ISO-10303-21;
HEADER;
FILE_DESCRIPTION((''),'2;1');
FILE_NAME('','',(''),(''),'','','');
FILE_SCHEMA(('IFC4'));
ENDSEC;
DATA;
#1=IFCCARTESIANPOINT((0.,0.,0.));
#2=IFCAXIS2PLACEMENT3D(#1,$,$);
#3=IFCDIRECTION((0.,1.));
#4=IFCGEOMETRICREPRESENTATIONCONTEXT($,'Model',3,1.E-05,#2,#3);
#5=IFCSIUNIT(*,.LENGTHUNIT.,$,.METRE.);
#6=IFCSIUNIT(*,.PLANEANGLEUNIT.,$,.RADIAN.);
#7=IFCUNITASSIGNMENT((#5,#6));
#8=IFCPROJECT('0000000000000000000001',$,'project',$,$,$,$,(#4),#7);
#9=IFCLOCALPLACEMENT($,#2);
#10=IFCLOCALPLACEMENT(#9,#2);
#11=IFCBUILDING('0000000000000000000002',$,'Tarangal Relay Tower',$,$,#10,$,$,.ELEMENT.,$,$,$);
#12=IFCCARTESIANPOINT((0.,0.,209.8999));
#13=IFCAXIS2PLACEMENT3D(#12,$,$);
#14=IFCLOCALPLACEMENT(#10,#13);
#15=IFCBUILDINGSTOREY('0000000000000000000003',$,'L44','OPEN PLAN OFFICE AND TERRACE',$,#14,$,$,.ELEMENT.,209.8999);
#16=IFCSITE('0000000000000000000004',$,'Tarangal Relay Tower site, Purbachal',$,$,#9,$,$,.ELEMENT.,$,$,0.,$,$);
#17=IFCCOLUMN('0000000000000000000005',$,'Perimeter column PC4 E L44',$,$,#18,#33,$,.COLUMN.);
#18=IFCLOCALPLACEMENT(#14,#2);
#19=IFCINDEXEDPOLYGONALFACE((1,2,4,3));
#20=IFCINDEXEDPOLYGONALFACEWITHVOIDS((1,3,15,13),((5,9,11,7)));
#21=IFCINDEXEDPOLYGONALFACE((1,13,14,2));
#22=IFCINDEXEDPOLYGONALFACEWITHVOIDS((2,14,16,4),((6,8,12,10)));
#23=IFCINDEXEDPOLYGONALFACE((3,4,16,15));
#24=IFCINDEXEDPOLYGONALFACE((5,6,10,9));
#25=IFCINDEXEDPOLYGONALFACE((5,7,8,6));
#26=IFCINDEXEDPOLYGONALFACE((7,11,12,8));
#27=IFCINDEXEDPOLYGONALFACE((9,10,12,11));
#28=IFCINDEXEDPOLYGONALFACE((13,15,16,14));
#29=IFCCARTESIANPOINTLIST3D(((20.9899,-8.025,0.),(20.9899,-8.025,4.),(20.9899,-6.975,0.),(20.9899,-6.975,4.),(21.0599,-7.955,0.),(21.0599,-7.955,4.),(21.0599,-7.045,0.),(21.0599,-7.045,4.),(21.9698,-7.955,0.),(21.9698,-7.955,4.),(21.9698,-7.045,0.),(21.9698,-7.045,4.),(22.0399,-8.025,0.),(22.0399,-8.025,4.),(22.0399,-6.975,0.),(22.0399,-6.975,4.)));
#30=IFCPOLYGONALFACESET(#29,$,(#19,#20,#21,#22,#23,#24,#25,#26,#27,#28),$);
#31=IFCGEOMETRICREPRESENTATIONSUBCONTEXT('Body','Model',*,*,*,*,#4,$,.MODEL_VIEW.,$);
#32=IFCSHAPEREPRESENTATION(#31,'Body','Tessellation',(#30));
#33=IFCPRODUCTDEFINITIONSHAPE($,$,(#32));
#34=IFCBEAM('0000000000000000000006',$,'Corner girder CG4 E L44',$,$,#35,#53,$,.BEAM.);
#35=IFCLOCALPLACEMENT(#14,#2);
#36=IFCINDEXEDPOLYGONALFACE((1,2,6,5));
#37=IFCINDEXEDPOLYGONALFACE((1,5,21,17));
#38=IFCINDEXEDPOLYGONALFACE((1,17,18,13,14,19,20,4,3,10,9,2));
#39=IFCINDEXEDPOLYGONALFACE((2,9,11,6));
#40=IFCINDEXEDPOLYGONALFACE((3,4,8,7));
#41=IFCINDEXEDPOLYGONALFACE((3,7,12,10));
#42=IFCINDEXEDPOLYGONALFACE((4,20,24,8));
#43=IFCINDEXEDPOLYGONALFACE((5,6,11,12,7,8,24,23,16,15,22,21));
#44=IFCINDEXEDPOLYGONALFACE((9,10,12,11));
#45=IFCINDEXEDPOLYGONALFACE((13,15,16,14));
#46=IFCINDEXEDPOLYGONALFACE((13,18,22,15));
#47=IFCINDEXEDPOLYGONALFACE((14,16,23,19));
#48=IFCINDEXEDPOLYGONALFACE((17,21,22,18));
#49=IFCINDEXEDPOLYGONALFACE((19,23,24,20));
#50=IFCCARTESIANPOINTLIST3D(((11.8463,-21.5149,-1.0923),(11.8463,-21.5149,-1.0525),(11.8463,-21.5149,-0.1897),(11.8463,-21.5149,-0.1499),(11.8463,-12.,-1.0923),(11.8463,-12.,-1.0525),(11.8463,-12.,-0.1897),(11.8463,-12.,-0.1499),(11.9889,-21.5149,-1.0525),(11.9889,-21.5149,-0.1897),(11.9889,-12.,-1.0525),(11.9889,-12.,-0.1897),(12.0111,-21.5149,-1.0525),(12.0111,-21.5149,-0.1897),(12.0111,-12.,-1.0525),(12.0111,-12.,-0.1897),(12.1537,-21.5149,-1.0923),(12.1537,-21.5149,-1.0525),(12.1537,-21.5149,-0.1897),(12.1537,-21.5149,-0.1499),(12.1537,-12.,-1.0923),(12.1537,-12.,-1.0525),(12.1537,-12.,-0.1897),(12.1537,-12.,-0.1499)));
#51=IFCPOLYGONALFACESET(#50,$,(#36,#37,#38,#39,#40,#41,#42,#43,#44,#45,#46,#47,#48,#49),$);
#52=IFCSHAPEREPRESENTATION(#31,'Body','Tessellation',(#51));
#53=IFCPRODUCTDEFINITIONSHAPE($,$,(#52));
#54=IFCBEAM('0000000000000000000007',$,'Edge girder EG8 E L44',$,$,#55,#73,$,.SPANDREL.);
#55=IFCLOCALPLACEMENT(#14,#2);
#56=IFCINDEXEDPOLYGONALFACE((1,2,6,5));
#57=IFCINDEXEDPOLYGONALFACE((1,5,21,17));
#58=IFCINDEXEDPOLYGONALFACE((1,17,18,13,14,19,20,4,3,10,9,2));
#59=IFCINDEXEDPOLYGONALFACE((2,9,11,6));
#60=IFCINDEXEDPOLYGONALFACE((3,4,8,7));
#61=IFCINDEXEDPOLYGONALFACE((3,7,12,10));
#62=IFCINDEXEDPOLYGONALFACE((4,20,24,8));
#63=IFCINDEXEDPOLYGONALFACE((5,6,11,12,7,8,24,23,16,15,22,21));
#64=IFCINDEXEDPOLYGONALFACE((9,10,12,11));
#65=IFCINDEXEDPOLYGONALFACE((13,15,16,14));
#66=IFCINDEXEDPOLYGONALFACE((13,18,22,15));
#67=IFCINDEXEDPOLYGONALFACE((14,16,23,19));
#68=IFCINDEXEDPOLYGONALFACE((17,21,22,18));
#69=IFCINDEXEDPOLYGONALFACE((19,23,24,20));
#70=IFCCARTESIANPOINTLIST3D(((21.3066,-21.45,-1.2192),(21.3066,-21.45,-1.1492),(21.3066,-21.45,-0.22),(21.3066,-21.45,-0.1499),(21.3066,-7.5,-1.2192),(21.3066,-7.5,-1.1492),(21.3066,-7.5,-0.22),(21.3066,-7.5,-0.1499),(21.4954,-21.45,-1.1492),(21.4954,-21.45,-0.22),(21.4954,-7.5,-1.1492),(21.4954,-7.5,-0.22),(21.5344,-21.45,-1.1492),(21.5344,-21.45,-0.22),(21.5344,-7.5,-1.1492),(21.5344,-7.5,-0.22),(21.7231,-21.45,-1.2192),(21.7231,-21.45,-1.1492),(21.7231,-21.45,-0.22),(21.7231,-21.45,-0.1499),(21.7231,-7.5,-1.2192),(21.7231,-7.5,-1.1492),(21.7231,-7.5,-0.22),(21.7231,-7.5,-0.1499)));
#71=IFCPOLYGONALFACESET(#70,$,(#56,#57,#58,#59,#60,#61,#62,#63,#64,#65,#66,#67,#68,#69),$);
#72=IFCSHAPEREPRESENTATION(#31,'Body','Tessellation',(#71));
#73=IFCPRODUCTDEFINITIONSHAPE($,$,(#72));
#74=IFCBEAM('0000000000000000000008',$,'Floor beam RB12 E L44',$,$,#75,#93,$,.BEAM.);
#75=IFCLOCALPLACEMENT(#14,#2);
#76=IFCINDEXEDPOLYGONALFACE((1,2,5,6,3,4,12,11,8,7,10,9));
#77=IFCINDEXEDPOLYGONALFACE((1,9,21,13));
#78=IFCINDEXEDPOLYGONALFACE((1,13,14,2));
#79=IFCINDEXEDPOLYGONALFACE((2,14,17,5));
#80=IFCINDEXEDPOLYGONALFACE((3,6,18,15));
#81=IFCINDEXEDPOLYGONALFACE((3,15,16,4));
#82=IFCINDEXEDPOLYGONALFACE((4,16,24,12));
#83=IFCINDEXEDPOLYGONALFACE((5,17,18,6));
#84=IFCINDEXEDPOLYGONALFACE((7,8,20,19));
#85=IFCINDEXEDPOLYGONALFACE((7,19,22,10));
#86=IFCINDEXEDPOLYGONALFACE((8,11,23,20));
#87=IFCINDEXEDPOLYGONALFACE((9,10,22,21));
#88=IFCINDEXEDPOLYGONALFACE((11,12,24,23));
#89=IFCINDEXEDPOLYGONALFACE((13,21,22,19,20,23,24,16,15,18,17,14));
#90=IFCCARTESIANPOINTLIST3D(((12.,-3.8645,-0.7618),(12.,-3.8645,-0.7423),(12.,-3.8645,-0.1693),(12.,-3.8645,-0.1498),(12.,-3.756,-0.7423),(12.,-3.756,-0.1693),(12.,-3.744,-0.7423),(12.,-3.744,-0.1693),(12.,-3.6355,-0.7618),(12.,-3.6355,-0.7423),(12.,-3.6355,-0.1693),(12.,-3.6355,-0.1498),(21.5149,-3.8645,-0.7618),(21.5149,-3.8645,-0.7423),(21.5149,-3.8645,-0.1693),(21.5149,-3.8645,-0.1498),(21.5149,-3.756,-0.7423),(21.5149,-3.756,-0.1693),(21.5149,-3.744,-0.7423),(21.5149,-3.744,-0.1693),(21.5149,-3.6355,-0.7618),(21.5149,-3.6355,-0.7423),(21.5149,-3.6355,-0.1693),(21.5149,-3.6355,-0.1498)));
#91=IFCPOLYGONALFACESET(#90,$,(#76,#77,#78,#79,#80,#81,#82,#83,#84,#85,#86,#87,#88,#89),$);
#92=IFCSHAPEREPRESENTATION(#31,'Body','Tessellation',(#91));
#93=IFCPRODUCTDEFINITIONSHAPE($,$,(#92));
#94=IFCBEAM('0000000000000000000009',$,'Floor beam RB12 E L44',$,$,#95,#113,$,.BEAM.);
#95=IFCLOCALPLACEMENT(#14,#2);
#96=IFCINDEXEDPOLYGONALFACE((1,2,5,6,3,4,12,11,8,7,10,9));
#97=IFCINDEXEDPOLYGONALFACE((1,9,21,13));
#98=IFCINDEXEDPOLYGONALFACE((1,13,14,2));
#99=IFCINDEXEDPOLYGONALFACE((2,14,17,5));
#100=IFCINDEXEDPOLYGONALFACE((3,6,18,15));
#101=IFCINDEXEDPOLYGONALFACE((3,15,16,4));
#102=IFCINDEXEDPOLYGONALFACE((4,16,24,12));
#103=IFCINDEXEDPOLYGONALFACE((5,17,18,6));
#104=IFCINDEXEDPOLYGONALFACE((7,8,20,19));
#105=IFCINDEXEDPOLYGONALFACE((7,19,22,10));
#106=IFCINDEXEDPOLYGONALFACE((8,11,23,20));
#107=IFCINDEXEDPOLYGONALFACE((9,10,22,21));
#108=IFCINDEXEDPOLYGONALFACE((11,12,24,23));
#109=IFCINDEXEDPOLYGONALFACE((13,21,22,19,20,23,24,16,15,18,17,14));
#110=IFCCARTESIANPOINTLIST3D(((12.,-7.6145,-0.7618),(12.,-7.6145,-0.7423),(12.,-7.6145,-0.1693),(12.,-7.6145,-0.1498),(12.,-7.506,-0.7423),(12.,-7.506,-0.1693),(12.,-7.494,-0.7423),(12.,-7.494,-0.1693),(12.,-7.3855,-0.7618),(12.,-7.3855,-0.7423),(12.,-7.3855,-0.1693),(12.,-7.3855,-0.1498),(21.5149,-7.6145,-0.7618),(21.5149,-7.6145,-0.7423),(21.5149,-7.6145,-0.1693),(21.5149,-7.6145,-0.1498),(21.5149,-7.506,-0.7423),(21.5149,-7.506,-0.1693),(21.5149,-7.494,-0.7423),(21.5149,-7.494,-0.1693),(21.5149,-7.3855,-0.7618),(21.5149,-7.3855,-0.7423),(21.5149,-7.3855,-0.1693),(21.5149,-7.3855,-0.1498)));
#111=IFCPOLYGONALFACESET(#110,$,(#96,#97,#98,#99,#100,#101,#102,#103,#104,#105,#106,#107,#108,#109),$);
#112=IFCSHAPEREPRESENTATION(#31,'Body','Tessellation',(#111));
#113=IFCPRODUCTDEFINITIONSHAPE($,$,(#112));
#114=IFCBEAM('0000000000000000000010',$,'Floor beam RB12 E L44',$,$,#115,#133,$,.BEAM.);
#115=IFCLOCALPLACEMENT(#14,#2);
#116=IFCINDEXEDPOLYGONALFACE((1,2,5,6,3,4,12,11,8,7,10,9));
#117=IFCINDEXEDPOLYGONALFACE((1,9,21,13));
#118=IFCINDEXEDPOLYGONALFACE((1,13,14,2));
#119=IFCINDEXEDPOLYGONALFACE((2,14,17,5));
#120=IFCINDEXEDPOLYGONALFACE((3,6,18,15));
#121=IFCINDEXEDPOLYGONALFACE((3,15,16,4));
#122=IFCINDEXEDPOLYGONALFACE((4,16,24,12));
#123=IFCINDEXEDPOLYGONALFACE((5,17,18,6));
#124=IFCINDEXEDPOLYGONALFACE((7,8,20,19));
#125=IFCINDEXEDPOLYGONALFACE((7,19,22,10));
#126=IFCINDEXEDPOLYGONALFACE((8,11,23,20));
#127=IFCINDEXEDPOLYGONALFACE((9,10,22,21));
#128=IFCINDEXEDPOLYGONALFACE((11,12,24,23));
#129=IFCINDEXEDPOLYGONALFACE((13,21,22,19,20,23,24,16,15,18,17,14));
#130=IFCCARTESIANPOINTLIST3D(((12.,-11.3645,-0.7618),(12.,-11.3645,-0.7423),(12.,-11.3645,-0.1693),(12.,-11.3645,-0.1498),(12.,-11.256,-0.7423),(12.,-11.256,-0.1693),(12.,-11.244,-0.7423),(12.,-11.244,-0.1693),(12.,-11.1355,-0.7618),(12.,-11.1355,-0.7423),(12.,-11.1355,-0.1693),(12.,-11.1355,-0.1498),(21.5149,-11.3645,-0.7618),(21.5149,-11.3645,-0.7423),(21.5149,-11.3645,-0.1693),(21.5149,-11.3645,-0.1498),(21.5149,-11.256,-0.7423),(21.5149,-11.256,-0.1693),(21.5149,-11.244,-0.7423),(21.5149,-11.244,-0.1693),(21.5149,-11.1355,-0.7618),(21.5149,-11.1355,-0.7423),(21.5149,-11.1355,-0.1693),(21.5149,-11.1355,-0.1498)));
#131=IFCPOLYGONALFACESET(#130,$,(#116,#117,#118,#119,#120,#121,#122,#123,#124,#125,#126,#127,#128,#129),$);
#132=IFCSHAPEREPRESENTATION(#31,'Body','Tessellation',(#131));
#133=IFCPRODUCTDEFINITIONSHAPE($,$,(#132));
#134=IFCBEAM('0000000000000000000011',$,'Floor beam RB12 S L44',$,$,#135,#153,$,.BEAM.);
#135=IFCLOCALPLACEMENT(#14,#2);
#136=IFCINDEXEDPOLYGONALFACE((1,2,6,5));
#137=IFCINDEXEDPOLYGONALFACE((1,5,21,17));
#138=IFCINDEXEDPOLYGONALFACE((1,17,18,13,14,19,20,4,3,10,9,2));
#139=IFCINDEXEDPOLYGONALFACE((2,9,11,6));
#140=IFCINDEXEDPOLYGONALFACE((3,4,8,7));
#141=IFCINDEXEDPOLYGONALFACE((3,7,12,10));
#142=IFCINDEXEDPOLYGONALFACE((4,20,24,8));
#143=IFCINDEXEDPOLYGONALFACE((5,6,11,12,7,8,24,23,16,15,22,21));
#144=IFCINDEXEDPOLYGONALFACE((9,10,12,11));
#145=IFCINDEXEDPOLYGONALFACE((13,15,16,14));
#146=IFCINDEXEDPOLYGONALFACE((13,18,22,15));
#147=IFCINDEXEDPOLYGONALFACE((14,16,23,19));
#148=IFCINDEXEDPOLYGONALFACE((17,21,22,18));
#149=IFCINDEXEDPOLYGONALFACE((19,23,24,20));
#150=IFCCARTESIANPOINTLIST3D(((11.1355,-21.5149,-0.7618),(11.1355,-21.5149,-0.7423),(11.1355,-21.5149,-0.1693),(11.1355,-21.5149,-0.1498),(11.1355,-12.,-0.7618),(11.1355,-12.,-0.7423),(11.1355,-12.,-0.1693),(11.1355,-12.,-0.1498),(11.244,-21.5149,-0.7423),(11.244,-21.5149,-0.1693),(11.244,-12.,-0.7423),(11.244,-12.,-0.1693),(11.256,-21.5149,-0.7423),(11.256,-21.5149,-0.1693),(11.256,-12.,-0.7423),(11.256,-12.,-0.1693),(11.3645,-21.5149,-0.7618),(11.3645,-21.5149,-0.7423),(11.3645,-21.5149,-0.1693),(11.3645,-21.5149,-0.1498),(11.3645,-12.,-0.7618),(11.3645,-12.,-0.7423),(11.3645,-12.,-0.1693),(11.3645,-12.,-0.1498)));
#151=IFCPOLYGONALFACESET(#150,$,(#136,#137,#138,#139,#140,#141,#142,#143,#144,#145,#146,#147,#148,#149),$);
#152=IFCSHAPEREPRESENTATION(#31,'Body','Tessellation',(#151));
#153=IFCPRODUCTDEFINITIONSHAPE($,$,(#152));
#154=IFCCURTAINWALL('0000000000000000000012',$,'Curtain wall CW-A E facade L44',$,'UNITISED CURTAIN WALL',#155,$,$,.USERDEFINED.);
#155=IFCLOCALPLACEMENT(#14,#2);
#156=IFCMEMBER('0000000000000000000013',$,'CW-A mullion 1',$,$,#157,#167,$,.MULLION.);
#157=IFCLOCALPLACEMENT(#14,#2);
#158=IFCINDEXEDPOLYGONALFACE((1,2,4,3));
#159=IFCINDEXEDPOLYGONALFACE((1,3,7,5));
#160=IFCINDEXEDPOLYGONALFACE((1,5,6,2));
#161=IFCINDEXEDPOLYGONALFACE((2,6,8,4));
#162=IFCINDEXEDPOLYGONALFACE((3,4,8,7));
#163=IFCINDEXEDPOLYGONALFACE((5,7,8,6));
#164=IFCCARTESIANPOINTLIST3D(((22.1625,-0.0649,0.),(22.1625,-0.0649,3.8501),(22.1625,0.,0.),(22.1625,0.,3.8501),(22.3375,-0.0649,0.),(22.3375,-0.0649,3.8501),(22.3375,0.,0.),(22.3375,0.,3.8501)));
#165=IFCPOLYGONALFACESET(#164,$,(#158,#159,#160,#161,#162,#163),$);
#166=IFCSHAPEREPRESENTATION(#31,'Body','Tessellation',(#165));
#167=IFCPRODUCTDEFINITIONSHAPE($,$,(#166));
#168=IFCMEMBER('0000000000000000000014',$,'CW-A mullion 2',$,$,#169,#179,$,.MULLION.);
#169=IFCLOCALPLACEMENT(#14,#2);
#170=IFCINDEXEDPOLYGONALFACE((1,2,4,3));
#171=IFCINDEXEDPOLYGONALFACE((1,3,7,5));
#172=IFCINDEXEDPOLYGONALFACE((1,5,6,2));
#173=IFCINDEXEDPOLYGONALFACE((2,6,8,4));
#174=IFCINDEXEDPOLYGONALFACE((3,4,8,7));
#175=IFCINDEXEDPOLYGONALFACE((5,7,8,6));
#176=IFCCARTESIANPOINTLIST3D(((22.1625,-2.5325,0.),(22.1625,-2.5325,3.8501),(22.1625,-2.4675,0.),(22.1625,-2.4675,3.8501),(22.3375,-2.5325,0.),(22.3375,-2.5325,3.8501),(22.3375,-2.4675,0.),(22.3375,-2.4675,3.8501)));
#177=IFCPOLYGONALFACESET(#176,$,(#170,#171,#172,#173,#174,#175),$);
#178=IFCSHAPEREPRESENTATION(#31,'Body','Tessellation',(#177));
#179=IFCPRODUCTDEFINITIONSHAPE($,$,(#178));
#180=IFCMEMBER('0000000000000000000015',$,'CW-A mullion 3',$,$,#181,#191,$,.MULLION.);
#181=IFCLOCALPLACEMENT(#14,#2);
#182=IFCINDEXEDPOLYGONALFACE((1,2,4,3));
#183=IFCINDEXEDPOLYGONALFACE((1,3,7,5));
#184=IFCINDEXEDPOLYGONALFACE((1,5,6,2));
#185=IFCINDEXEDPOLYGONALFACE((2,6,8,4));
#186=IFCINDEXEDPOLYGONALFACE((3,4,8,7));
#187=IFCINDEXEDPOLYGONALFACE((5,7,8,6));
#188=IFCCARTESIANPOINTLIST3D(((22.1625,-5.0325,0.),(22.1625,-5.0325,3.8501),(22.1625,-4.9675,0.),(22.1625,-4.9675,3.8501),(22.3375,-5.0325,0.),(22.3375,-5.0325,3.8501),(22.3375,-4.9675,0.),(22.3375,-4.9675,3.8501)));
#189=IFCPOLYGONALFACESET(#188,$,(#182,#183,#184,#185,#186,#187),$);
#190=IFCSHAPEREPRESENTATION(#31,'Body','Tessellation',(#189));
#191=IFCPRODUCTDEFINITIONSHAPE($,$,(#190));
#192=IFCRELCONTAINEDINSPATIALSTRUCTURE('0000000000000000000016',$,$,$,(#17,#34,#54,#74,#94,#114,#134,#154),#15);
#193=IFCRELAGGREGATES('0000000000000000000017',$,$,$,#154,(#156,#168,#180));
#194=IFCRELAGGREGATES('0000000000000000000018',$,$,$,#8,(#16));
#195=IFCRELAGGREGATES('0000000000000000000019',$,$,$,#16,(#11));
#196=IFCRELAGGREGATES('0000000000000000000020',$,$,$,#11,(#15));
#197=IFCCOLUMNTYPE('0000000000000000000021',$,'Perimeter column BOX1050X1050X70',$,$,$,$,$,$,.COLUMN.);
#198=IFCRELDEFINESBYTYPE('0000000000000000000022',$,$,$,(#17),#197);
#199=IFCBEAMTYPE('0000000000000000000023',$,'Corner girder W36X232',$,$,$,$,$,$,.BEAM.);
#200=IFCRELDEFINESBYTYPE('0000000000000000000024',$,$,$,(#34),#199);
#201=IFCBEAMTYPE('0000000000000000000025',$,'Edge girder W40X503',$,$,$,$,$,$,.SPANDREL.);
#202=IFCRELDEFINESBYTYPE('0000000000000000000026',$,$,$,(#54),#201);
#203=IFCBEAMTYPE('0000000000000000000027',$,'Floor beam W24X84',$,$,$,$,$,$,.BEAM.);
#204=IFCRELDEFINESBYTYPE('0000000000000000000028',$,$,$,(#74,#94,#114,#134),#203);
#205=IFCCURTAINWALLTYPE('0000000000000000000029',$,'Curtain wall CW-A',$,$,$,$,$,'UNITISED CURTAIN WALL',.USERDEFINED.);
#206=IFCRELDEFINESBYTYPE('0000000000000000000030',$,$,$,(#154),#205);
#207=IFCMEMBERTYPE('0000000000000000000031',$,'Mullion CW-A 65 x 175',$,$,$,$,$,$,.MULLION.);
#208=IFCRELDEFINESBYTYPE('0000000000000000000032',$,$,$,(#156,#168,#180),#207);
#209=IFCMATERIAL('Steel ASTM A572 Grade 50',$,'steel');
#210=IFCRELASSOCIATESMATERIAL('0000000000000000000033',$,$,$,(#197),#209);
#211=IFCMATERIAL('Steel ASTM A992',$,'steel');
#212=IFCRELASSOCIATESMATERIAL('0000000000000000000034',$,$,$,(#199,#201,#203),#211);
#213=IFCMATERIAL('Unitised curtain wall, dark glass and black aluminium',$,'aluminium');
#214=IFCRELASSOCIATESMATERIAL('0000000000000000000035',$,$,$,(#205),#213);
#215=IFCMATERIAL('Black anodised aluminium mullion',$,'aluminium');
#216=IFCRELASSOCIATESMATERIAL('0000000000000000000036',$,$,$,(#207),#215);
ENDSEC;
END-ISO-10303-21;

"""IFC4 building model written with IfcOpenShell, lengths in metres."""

from ifc_helpers import new_model, si_unit, direction, frame, origin, origin_2d, place, context, subcontext, project, spatial, rectangle, hollow_rectangle, i_section, extrude, material, material_profile, profile_set, type_object, element, aggregate, save


model = new_model("IFC4")

# Units and contexts
model_context = context("Model", 3, precision=1e-05, world=origin(), true_north=direction((0.0, 1.0)))
body_context = subcontext(model_context, "Body", "Model", "MODEL_VIEW")
ifc_project = project(units=[si_unit("LENGTHUNIT", "METRE"), si_unit("PLANEANGLEUNIT", "RADIAN")], contexts=[model_context])

# Site, building, storey
site_placement = place(None, origin())
site = spatial("IfcSite", under=ifc_project, at=site_placement, Name="Tarangal Relay Tower site, Purbachal", CompositionType="ELEMENT", RefElevation=0.0)
building_placement = place(site_placement, origin())
building = spatial("IfcBuilding", under=site, at=building_placement, Name="Tarangal Relay Tower", CompositionType="ELEMENT")
storey_placement = place(building_placement, frame((0.0, 0.0, 209.8999)))
storey = spatial("IfcBuildingStorey", under=building, at=storey_placement, Name="L44", Description="OPEN PLAN OFFICE AND TERRACE", CompositionType="ELEMENT", Elevation=209.8999)

# Column
ifc_material_1 = material(Name="Steel ASTM A572 Grade 50", Category="steel")
ifc_material_profile_1 = material_profile(ifc_material_1, hollow_rectangle(XDim=1.05, YDim=1.05, WallThickness=0.0701, at=origin_2d()), Name="BOX1050X1050X70")
ifc_profile_set_1 = profile_set([ifc_material_profile_1], Name="Steel ASTM A572 Grade 50")
column_type = type_object("IfcColumnType", Name="Perimeter column BOX1050X1050X70", PredefinedType="COLUMN", material=ifc_profile_set_1)
column_placement = place(storey_placement, frame((21.5149, -7.5, 0.0), z_axis=(0.0, 0.0, 1.0), x_axis=(1.0, 0.0, 0.0)))
element("IfcColumn", 1, at=column_placement, inside=storey, type_object=column_type, Name="Perimeter column PC4 E L44", PredefinedType="COLUMN", context=body_context, shape_type="SweptSolid", body=[
    extrude(hollow_rectangle(XDim=1.05, YDim=1.05, WallThickness=0.0701, at=origin_2d()), origin(), (0.0, 0.0, 1.0), 4.0),
])

# Beams
ifc_material_2 = material(Name="Steel ASTM A992", Category="steel")
ifc_material_profile_2 = material_profile(ifc_material_2, i_section(OverallWidth=0.3074, OverallDepth=0.9424, WebThickness=0.0222, FlangeThickness=0.0398, at=origin_2d()), Name="W36X232")
ifc_profile_set_2 = profile_set([ifc_material_profile_2], Name="Steel ASTM A992")
beam_type_1 = type_object("IfcBeamType", Name="Corner girder W36X232", PredefinedType="BEAM", material=ifc_profile_set_2)
beam_1_placement = place(storey_placement, frame((12.0, -12.0, -0.6211), z_axis=(0.0, -1.0, 0.0), x_axis=(1.0, 0.0, 0.0)))
element("IfcBeam", 2, at=beam_1_placement, inside=storey, type_object=beam_type_1, Name="Corner girder CG4 E L44", PredefinedType="BEAM", context=body_context, shape_type="SweptSolid", body=[
    extrude(i_section(OverallWidth=0.3074, OverallDepth=0.9424, WebThickness=0.0222, FlangeThickness=0.0398, at=origin_2d()), origin(), (0.0, 0.0, 1.0), 9.5149),
])
ifc_material_profile_3 = material_profile(ifc_material_2, i_section(OverallWidth=0.4165, OverallDepth=1.0693, WebThickness=0.0391, FlangeThickness=0.0701, at=origin_2d()), Name="W40X503")
ifc_profile_set_3 = profile_set([ifc_material_profile_3], Name="Steel ASTM A992")
beam_type_2 = type_object("IfcBeamType", Name="Edge girder W40X503", PredefinedType="SPANDREL", material=ifc_profile_set_3)
beam_2_placement = place(storey_placement, frame((21.5149, -7.5, -0.6846), z_axis=(0.0, -1.0, 0.0), x_axis=(1.0, 0.0, 0.0)))
element("IfcBeam", 3, at=beam_2_placement, inside=storey, type_object=beam_type_2, Name="Edge girder EG8 E L44", PredefinedType="SPANDREL", context=body_context, shape_type="SweptSolid", body=[
    extrude(i_section(OverallWidth=0.4165, OverallDepth=1.0693, WebThickness=0.0391, FlangeThickness=0.0701, at=origin_2d()), origin(), (0.0, 0.0, 1.0), 13.95),
])
ifc_material_profile_4 = material_profile(ifc_material_2, i_section(OverallWidth=0.229, OverallDepth=0.6121, WebThickness=0.012, FlangeThickness=0.0195, at=origin_2d()), Name="W24X84")
ifc_profile_set_4 = profile_set([ifc_material_profile_4], Name="Steel ASTM A992")
beam_type_3 = type_object("IfcBeamType", Name="Floor beam W24X84", PredefinedType="BEAM", material=ifc_profile_set_4)
for number, where, z_axis, x_axis, name in (
    (4, (12.0, -3.75, -0.4558), (1.0, 0.0, 0.0), (0.0, 1.0, 0.0), "Floor beam RB12 E L44"),
    (5, (12.0, -7.5, -0.4558), (1.0, 0.0, 0.0), (0.0, 1.0, 0.0), "Floor beam RB12 E L44"),
    (6, (12.0, -11.25, -0.4558), (1.0, 0.0, 0.0), (0.0, 1.0, 0.0), "Floor beam RB12 E L44"),
    (7, (11.25, -12.0, -0.4558), (0.0, -1.0, 0.0), (1.0, 0.0, 0.0), "Floor beam RB12 S L44"),
):
    element("IfcBeam", number, at=place(storey_placement, frame(where, z_axis=z_axis, x_axis=x_axis)), inside=storey, type_object=beam_type_3, Name=name, PredefinedType="BEAM", context=body_context, shape_type="SweptSolid", body=[
        extrude(i_section(OverallWidth=0.229, OverallDepth=0.6121, WebThickness=0.012, FlangeThickness=0.0195, at=origin_2d()), origin(), (0.0, 0.0, 1.0), 9.5149),
    ])

# Curtain wall, members
ifc_material_3 = material(Name="Unitised curtain wall, dark glass and black aluminium", Category="aluminium")
curtain_wall_type = type_object("IfcCurtainWallType", Name="Curtain wall CW-A", ElementType="UNITISED CURTAIN WALL", PredefinedType="USERDEFINED", material=ifc_material_3)
curtain_wall_1_placement = place(storey_placement, origin())
curtain_wall_1 = element("IfcCurtainWall", 8, at=curtain_wall_1_placement, inside=storey, type_object=curtain_wall_type, Name="Curtain wall CW-A E facade L44", ObjectType="UNITISED CURTAIN WALL", PredefinedType="USERDEFINED")
ifc_material_4 = material(Name="Black anodised aluminium mullion", Category="aluminium")
ifc_material_profile_5 = material_profile(ifc_material_4, rectangle(XDim=0.175, YDim=0.0649, at=origin_2d()), Name="CW-AM 65X175")
ifc_profile_set_5 = profile_set([ifc_material_profile_5], Name="Black anodised aluminium mullion")
member_type_1 = type_object("IfcMemberType", Name="Mullion CW-A 65 x 175", PredefinedType="MULLION", material=ifc_profile_set_5)
member_1_placement = place(storey_placement, frame((22.25, -0.0325, 0.0), z_axis=(0.0, 0.0, 1.0), x_axis=(1.0, 0.0, 0.0)))
member_1 = element("IfcMember", 9, at=member_1_placement, type_object=member_type_1, Name="CW-A mullion 1", PredefinedType="MULLION", context=body_context, shape_type="SweptSolid", body=[
    extrude(rectangle(XDim=0.175, YDim=0.0649, at=origin_2d()), origin(), (0.0, 0.0, 1.0), 3.8501),
])
member_2_placement = place(storey_placement, frame((22.25, -2.5, 0.0), z_axis=(0.0, 0.0, 1.0), x_axis=(1.0, 0.0, 0.0)))
member_2 = element("IfcMember", 10, at=member_2_placement, type_object=member_type_1, Name="CW-A mullion 2", PredefinedType="MULLION", context=body_context, shape_type="SweptSolid", body=[
    extrude(rectangle(XDim=0.175, YDim=0.0649, at=origin_2d()), origin(), (0.0, 0.0, 1.0), 3.8501),
])
member_3_placement = place(storey_placement, frame((22.25, -5.0, 0.0), z_axis=(0.0, 0.0, 1.0), x_axis=(1.0, 0.0, 0.0)))
member_3 = element("IfcMember", 11, at=member_3_placement, type_object=member_type_1, Name="CW-A mullion 3", PredefinedType="MULLION", context=body_context, shape_type="SweptSolid", body=[
    extrude(rectangle(XDim=0.175, YDim=0.0649, at=origin_2d()), origin(), (0.0, 0.0, 1.0), 3.8501),
])

aggregate(curtain_wall_1, [member_1, member_2, member_3])

save(model, "model.ifc")
